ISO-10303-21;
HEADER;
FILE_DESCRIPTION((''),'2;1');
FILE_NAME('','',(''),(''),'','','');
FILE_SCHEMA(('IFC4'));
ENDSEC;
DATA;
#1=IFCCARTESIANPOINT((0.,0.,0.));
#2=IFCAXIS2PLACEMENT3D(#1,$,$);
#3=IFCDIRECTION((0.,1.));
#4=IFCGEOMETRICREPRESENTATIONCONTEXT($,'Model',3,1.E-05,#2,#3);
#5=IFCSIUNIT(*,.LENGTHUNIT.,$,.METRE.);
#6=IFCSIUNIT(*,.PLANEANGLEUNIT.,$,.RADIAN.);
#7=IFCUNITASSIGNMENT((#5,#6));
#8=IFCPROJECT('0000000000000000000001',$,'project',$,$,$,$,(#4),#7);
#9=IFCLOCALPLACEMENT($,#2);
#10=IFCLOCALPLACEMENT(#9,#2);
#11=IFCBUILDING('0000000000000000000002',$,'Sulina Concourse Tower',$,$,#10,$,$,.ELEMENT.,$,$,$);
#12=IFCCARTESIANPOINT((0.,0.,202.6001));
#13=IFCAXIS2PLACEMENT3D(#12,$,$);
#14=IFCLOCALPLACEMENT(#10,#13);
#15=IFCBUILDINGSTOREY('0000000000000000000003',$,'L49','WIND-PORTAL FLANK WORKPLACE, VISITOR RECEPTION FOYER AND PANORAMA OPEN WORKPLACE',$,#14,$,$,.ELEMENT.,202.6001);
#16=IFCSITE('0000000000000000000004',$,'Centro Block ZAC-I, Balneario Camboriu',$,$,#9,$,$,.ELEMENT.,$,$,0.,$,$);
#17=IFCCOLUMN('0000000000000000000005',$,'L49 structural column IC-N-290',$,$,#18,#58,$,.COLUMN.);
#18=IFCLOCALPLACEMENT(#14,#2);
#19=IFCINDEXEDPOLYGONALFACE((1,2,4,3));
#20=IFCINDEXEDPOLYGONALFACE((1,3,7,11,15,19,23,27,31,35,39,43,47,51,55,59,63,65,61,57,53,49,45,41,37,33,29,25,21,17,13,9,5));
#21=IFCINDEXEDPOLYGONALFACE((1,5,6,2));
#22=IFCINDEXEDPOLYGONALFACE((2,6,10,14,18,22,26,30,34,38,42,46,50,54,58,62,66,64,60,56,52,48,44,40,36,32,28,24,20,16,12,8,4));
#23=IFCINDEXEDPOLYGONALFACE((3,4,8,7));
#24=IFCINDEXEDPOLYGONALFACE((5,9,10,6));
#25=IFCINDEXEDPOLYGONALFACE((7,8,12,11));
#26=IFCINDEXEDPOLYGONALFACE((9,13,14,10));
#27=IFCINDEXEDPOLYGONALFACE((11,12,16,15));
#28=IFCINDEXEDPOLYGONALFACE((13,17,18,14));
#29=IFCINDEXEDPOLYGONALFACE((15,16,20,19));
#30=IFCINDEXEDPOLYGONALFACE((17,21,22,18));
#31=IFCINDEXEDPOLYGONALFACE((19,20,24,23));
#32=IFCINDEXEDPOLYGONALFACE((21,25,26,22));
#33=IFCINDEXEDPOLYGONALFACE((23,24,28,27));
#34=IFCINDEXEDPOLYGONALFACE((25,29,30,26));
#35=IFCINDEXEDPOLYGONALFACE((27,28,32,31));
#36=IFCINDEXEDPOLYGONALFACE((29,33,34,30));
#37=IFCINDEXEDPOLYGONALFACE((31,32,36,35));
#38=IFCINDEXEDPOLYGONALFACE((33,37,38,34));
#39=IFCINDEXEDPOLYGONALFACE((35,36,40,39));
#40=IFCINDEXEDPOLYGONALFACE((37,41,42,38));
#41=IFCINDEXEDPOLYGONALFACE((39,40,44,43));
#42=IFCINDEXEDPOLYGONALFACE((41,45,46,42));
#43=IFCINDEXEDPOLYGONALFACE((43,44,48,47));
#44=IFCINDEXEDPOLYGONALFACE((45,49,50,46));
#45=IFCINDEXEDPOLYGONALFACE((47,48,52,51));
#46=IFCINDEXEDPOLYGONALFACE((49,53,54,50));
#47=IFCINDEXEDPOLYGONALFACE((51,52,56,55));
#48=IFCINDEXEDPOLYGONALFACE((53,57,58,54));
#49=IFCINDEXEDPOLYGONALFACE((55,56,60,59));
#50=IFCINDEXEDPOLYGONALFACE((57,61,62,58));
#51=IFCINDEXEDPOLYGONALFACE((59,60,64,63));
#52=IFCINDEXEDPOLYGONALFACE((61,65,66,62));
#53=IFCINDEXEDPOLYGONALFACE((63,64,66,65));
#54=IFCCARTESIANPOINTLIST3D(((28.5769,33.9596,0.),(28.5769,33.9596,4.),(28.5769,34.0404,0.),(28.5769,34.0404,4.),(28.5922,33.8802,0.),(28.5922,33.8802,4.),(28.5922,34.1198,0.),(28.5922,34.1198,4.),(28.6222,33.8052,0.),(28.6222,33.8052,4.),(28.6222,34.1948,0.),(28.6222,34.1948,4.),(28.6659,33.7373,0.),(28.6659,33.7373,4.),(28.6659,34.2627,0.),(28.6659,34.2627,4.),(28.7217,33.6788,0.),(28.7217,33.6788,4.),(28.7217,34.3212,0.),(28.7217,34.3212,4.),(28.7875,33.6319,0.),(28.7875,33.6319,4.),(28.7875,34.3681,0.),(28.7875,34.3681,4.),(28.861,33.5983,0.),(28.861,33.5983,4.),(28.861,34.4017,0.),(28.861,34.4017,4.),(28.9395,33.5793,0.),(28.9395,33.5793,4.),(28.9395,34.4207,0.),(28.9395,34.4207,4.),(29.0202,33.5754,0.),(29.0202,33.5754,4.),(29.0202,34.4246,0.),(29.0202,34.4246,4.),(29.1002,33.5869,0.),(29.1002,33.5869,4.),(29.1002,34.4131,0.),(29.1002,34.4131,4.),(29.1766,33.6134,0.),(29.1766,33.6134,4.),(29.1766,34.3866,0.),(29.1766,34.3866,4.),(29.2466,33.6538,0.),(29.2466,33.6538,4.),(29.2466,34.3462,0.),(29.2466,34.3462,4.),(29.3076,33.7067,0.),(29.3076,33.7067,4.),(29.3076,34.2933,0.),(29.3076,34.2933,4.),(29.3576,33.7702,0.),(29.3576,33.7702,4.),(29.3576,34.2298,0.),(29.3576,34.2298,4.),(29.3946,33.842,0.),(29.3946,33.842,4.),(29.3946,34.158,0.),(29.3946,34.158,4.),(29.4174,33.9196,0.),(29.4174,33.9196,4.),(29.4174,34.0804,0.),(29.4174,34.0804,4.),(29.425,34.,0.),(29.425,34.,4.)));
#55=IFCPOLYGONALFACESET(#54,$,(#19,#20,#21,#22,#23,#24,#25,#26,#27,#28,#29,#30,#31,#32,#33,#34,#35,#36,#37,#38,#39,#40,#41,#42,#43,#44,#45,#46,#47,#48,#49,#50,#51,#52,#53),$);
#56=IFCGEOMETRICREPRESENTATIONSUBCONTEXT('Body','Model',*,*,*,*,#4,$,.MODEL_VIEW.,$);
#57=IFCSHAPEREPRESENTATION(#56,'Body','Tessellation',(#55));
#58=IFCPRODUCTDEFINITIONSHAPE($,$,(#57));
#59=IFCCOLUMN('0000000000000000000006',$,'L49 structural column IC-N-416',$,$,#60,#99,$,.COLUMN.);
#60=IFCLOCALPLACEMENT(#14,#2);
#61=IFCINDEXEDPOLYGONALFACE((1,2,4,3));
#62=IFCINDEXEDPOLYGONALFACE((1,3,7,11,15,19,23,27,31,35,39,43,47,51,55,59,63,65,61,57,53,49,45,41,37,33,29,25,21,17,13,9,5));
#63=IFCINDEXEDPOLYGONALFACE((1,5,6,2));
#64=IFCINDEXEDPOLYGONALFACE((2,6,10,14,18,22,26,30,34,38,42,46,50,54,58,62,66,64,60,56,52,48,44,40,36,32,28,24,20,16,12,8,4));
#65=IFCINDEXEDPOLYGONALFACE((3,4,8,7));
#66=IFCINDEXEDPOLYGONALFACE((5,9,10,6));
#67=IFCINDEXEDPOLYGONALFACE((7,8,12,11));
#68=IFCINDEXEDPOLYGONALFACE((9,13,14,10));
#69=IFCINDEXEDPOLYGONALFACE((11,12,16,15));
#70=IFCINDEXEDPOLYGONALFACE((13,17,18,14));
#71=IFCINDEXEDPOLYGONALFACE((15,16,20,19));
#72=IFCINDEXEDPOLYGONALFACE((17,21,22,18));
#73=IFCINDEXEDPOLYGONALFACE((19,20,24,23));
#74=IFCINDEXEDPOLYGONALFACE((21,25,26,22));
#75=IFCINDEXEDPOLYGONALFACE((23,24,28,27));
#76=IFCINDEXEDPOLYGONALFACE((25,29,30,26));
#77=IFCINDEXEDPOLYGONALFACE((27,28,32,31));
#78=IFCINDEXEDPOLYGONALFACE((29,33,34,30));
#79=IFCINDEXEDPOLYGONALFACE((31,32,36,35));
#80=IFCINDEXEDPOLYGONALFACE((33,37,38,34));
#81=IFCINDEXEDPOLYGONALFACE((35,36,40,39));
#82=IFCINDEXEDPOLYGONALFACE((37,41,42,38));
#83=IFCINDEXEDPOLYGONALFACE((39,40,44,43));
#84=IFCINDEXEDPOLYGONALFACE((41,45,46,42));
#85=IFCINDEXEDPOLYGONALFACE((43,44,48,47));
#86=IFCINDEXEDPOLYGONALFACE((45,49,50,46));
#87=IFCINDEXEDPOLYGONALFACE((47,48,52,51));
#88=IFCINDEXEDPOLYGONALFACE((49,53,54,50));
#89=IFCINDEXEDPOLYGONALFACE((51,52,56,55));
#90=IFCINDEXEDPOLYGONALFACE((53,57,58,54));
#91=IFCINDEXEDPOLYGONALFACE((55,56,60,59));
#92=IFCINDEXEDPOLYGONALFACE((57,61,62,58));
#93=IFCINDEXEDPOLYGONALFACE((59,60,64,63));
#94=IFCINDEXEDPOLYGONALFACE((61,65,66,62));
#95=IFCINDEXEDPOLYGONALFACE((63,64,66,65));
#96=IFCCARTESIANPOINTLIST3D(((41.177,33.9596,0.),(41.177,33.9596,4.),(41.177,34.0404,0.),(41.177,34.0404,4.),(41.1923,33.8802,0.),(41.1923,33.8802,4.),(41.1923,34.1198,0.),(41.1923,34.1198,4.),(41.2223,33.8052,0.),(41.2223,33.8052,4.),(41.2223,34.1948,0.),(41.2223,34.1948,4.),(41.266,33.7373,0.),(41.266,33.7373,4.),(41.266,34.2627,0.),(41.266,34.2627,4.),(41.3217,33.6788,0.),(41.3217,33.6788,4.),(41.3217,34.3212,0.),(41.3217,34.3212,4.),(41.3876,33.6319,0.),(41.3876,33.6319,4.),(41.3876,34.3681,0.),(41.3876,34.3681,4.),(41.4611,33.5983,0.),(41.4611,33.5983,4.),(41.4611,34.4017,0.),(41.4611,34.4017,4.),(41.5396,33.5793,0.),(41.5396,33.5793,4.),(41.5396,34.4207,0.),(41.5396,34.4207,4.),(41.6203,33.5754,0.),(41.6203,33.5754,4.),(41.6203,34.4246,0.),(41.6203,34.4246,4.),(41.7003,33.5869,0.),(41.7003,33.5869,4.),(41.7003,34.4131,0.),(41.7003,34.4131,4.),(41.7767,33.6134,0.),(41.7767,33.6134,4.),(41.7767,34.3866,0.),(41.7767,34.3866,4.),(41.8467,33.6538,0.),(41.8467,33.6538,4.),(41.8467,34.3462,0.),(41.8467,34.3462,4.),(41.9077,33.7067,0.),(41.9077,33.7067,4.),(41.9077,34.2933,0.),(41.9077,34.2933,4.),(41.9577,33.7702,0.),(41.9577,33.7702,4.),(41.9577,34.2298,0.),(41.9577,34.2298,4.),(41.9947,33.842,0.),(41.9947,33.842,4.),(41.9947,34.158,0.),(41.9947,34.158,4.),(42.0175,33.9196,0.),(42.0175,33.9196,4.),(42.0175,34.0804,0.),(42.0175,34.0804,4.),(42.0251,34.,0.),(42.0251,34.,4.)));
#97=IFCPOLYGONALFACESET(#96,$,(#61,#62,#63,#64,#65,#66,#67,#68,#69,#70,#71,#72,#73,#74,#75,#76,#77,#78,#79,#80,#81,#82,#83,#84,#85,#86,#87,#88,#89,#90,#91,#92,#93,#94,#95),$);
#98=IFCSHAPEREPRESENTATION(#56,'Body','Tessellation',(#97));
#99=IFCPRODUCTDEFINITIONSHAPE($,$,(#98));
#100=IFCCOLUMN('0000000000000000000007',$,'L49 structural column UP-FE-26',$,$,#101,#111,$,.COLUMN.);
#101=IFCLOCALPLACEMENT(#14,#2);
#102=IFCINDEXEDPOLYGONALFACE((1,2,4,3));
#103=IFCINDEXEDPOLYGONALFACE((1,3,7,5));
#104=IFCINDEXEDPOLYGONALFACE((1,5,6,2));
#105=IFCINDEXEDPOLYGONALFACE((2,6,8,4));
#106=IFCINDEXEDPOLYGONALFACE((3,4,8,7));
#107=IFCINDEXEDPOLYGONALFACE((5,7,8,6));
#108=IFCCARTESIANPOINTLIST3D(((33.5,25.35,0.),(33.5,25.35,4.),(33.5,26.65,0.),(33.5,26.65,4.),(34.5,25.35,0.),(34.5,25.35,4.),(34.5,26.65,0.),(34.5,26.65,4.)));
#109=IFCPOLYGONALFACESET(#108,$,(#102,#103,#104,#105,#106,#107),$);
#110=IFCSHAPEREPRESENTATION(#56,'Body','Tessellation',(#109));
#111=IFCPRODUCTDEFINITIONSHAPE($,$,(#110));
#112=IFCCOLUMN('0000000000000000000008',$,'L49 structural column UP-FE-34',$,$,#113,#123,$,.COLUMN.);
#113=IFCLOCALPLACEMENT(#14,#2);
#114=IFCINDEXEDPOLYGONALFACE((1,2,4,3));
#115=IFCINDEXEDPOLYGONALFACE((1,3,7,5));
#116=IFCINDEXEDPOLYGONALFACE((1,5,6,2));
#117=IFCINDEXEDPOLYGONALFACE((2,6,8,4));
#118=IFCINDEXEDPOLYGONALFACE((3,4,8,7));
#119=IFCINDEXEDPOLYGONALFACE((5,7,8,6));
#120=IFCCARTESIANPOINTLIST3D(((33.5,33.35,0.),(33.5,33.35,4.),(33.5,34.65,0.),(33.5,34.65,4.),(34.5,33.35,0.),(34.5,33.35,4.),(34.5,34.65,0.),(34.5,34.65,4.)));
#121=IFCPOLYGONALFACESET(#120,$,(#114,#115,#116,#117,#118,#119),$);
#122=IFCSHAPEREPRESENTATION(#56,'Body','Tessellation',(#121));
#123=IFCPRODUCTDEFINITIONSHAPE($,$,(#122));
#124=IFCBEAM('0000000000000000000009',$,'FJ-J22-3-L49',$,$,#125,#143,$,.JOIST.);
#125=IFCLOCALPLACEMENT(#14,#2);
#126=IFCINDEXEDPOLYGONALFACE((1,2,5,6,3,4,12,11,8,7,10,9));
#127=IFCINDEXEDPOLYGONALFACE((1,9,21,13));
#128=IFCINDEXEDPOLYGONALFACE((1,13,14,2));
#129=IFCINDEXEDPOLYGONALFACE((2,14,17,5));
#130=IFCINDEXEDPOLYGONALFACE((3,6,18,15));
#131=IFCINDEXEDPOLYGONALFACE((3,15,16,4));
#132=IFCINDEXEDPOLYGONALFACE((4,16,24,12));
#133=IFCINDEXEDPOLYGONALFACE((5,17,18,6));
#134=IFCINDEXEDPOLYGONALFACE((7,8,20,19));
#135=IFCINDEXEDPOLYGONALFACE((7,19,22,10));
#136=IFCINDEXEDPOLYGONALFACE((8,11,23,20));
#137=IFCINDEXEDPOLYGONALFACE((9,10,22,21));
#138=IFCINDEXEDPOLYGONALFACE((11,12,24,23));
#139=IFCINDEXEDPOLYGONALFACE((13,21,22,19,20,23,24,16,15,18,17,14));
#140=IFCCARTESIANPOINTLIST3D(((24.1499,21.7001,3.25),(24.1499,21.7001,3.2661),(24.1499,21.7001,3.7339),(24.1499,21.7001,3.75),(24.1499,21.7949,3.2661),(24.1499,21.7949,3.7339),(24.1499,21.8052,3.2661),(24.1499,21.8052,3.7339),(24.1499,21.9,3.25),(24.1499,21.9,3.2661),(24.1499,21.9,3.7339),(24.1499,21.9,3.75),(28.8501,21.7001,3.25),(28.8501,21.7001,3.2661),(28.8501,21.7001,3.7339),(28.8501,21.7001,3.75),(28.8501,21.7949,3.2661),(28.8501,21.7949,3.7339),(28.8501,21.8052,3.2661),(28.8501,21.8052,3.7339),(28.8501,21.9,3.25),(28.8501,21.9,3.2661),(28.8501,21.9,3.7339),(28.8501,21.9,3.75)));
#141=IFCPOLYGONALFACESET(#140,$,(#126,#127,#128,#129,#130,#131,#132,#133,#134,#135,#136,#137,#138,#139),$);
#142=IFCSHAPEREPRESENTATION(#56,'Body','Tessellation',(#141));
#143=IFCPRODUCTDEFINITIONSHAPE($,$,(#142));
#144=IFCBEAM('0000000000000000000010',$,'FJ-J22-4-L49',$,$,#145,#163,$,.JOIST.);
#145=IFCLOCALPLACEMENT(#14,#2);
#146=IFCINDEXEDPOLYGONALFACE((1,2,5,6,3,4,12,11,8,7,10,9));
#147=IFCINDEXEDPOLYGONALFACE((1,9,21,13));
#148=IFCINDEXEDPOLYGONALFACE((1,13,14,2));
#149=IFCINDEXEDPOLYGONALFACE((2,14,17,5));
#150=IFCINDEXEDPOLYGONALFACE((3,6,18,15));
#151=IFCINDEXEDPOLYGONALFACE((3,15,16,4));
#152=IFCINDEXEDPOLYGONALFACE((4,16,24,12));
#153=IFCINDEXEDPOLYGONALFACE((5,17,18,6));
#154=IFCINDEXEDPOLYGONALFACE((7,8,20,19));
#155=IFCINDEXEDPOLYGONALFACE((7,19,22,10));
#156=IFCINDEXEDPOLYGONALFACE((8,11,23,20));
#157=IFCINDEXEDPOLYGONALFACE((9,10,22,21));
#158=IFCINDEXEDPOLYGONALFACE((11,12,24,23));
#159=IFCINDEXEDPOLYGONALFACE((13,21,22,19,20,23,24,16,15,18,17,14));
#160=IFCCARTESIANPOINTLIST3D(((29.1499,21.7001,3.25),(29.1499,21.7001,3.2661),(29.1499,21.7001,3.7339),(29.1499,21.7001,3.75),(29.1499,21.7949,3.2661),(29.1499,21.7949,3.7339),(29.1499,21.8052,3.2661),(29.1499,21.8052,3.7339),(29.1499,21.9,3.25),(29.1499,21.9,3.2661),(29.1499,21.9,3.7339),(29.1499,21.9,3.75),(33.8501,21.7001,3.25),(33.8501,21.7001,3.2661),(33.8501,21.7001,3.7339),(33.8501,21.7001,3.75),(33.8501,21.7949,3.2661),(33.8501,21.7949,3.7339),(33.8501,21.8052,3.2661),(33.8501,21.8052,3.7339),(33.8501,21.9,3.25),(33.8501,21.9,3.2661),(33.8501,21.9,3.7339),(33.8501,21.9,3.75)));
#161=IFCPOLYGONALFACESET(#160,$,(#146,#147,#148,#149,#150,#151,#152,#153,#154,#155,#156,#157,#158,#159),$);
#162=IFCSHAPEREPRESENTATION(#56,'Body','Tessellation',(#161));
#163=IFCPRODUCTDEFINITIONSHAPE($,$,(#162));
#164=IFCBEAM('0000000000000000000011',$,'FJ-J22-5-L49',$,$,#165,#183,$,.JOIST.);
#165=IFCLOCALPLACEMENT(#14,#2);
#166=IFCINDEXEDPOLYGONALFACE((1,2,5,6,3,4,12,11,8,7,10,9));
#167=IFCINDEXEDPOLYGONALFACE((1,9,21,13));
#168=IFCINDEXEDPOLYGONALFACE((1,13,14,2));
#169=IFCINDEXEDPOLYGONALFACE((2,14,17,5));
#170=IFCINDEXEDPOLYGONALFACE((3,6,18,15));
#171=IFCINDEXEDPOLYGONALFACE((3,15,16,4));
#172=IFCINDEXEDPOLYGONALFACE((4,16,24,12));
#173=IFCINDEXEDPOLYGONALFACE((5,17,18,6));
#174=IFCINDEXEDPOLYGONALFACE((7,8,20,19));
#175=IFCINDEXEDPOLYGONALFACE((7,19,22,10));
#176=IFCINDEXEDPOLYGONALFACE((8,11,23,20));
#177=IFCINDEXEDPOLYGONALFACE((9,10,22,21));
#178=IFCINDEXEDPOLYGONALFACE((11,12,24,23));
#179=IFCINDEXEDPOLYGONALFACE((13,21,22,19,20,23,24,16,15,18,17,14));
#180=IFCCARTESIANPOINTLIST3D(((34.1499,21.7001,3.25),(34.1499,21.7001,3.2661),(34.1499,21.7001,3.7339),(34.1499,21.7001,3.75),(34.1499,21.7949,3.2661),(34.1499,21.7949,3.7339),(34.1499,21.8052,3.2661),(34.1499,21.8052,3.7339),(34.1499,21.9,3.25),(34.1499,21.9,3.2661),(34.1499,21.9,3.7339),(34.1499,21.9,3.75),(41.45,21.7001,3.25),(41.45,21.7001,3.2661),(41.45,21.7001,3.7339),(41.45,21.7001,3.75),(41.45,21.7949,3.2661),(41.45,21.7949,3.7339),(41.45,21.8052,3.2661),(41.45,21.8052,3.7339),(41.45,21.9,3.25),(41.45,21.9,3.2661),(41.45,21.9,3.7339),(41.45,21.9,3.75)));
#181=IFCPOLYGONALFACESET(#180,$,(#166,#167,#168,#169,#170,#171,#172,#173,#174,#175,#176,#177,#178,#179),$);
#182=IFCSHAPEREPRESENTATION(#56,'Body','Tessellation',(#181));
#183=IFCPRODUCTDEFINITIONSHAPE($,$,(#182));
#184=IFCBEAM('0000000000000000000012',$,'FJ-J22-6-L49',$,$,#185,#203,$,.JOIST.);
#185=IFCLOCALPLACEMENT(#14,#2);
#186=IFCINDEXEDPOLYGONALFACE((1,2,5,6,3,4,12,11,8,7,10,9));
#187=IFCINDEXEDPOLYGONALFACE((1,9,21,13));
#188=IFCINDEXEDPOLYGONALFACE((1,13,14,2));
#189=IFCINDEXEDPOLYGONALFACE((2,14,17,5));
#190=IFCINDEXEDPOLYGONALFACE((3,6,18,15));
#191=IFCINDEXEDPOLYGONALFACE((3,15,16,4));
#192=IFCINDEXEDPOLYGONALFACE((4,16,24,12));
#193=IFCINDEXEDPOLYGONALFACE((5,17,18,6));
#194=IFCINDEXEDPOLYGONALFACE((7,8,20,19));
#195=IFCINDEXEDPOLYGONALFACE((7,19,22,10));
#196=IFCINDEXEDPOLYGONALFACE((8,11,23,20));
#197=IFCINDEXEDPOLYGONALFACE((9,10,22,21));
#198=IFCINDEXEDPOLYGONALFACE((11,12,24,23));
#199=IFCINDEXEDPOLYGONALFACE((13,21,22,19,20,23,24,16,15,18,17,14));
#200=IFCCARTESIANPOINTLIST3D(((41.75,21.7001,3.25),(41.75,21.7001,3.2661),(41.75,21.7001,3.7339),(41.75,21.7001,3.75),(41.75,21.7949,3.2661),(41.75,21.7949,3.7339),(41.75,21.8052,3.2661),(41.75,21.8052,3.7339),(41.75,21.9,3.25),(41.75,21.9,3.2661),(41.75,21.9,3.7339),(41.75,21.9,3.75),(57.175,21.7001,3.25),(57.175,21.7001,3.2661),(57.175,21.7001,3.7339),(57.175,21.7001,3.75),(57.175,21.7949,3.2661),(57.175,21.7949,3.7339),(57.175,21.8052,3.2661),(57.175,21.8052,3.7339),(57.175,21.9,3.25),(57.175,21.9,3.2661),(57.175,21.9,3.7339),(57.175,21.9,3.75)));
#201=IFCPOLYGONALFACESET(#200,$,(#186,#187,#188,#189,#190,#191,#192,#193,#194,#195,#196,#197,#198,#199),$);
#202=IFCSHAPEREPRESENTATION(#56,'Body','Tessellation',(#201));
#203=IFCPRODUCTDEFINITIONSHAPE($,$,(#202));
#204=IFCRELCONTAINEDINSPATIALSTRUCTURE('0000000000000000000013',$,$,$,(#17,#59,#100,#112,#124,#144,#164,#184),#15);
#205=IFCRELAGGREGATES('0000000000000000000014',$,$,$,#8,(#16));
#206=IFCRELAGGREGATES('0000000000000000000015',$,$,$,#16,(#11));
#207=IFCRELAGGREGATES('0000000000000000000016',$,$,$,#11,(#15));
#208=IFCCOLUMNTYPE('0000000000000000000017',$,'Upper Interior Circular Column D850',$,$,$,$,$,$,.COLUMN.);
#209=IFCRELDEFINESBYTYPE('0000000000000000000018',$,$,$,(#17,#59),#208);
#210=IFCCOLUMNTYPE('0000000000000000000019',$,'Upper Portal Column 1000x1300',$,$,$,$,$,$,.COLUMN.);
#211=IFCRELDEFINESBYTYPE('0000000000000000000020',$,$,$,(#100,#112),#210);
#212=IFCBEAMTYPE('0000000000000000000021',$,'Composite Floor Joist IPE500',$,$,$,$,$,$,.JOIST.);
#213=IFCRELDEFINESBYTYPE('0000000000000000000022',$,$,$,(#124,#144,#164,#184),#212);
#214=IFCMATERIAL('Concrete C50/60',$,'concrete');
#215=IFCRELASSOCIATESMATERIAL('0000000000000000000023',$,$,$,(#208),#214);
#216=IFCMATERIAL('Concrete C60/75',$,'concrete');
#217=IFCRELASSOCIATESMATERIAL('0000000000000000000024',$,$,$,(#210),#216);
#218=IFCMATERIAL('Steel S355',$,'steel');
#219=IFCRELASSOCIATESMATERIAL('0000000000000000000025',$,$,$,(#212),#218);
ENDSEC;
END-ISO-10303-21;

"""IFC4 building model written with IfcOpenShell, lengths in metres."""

from ifc_helpers import new_model, si_unit, direction, frame, origin, origin_2d, place, context, subcontext, project, spatial, rectangle, circle, i_section, extrude, material, material_profile, profile_set, type_object, element, save


model = new_model("IFC4")

# Units and contexts
model_context = context("Model", 3, precision=1e-05, world=origin(), true_north=direction((0.0, 1.0)))
body_context = subcontext(model_context, "Body", "Model", "MODEL_VIEW")
ifc_project = project(units=[si_unit("LENGTHUNIT", "METRE"), si_unit("PLANEANGLEUNIT", "RADIAN")], contexts=[model_context])

# Site, building, storey
site_placement = place(None, origin())
site = spatial("IfcSite", under=ifc_project, at=site_placement, Name="Centro Block ZAC-I, Balneario Camboriu", CompositionType="ELEMENT", RefElevation=0.0)
building_placement = place(site_placement, origin())
building = spatial("IfcBuilding", under=site, at=building_placement, Name="Sulina Concourse Tower", CompositionType="ELEMENT")
storey_placement = place(building_placement, frame((0.0, 0.0, 202.6001)))
storey = spatial("IfcBuildingStorey", under=building, at=storey_placement, Name="L49", Description="WIND-PORTAL FLANK WORKPLACE, VISITOR RECEPTION FOYER AND PANORAMA OPEN WORKPLACE", CompositionType="ELEMENT", Elevation=202.6001)

# Columns
ifc_material_1 = material(Name="Concrete C50/60", Category="concrete")
ifc_material_profile_1 = material_profile(ifc_material_1, circle(Radius=0.425, at=origin_2d()), Name="RC D850")
ifc_profile_set_1 = profile_set([ifc_material_profile_1], Name="Concrete C50/60")
column_type_1 = type_object("IfcColumnType", Name="Upper Interior Circular Column D850", PredefinedType="COLUMN", material=ifc_profile_set_1)
for number, where, z_axis, x_axis, name in (
    (1, (29.0, 34.0, 0.0), (0.0, 0.0, 1.0), (1.0, 0.0, 0.0), "L49 structural column IC-N-290"),
    (2, (41.6001, 34.0, 0.0), (0.0, 0.0, 1.0), (1.0, 0.0, 0.0), "L49 structural column IC-N-416"),
):
    element("IfcColumn", number, at=place(storey_placement, frame(where, z_axis=z_axis, x_axis=x_axis)), inside=storey, type_object=column_type_1, Name=name, PredefinedType="COLUMN", context=body_context, shape_type="SweptSolid", body=[
        extrude(circle(Radius=0.425, at=origin_2d()), origin(), (0.0, 0.0, 1.0), 4.0),
    ])
ifc_material_2 = material(Name="Concrete C60/75", Category="concrete")
ifc_material_profile_2 = material_profile(ifc_material_2, rectangle(XDim=1.0, YDim=1.3, at=origin_2d()), Name="RC 1000x1300")
ifc_profile_set_2 = profile_set([ifc_material_profile_2], Name="Concrete C60/75")
column_type_2 = type_object("IfcColumnType", Name="Upper Portal Column 1000x1300", PredefinedType="COLUMN", material=ifc_profile_set_2)
for number, where, z_axis, x_axis, name in (
    (3, (34.0, 26.0, 0.0), (0.0, 0.0, 1.0), (1.0, 0.0, 0.0), "L49 structural column UP-FE-26"),
    (4, (34.0, 34.0, 0.0), (0.0, 0.0, 1.0), (1.0, 0.0, 0.0), "L49 structural column UP-FE-34"),
):
    element("IfcColumn", number, at=place(storey_placement, frame(where, z_axis=z_axis, x_axis=x_axis)), inside=storey, type_object=column_type_2, Name=name, PredefinedType="COLUMN", context=body_context, shape_type="SweptSolid", body=[
        extrude(rectangle(XDim=1.0, YDim=1.3, at=origin_2d()), origin(), (0.0, 0.0, 1.0), 4.0),
    ])

# Beams
ifc_material_3 = material(Name="Steel S355", Category="steel")
ifc_material_profile_3 = material_profile(ifc_material_3, i_section(OverallWidth=0.2, OverallDepth=0.5, WebThickness=0.0103, FlangeThickness=0.0161, at=origin_2d()), Name="IPE 500")
ifc_profile_set_3 = profile_set([ifc_material_profile_3], Name="Steel S355")
beam_type_1 = type_object("IfcBeamType", Name="Composite Floor Joist IPE500", PredefinedType="JOIST", material=ifc_profile_set_3)
for number, where, z_axis, x_axis, name in (
    (5, (24.1499, 21.8, 3.5), (1.0, 0.0, 0.0), (0.0, 1.0, 0.0), "FJ-J22-3-L49"),
    (6, (29.1499, 21.8, 3.5), (1.0, 0.0, 0.0), (0.0, 1.0, 0.0), "FJ-J22-4-L49"),
):
    element("IfcBeam", number, at=place(storey_placement, frame(where, z_axis=z_axis, x_axis=x_axis)), inside=storey, type_object=beam_type_1, Name=name, PredefinedType="JOIST", context=body_context, shape_type="SweptSolid", body=[
        extrude(i_section(OverallWidth=0.2, OverallDepth=0.5, WebThickness=0.0103, FlangeThickness=0.0161, at=origin_2d()), origin(), (0.0, 0.0, 1.0), 4.7002),
    ])
beam_1_placement = place(storey_placement, frame((34.1499, 21.8, 3.5), z_axis=(1.0, 0.0, 0.0), x_axis=(0.0, 1.0, 0.0)))
element("IfcBeam", 7, at=beam_1_placement, inside=storey, type_object=beam_type_1, Name="FJ-J22-5-L49", PredefinedType="JOIST", context=body_context, shape_type="SweptSolid", body=[
    extrude(i_section(OverallWidth=0.2, OverallDepth=0.5, WebThickness=0.0103, FlangeThickness=0.0161, at=origin_2d()), origin(), (0.0, 0.0, 1.0), 7.3),
])
beam_2_placement = place(storey_placement, frame((41.75, 21.8, 3.5), z_axis=(1.0, 0.0, 0.0), x_axis=(0.0, 1.0, 0.0)))
element("IfcBeam", 8, at=beam_2_placement, inside=storey, type_object=beam_type_1, Name="FJ-J22-6-L49", PredefinedType="JOIST", context=body_context, shape_type="SweptSolid", body=[
    extrude(i_section(OverallWidth=0.2, OverallDepth=0.5, WebThickness=0.0103, FlangeThickness=0.0161, at=origin_2d()), origin(), (0.0, 0.0, 1.0), 15.425),
])

save(model, "model.ifc")
